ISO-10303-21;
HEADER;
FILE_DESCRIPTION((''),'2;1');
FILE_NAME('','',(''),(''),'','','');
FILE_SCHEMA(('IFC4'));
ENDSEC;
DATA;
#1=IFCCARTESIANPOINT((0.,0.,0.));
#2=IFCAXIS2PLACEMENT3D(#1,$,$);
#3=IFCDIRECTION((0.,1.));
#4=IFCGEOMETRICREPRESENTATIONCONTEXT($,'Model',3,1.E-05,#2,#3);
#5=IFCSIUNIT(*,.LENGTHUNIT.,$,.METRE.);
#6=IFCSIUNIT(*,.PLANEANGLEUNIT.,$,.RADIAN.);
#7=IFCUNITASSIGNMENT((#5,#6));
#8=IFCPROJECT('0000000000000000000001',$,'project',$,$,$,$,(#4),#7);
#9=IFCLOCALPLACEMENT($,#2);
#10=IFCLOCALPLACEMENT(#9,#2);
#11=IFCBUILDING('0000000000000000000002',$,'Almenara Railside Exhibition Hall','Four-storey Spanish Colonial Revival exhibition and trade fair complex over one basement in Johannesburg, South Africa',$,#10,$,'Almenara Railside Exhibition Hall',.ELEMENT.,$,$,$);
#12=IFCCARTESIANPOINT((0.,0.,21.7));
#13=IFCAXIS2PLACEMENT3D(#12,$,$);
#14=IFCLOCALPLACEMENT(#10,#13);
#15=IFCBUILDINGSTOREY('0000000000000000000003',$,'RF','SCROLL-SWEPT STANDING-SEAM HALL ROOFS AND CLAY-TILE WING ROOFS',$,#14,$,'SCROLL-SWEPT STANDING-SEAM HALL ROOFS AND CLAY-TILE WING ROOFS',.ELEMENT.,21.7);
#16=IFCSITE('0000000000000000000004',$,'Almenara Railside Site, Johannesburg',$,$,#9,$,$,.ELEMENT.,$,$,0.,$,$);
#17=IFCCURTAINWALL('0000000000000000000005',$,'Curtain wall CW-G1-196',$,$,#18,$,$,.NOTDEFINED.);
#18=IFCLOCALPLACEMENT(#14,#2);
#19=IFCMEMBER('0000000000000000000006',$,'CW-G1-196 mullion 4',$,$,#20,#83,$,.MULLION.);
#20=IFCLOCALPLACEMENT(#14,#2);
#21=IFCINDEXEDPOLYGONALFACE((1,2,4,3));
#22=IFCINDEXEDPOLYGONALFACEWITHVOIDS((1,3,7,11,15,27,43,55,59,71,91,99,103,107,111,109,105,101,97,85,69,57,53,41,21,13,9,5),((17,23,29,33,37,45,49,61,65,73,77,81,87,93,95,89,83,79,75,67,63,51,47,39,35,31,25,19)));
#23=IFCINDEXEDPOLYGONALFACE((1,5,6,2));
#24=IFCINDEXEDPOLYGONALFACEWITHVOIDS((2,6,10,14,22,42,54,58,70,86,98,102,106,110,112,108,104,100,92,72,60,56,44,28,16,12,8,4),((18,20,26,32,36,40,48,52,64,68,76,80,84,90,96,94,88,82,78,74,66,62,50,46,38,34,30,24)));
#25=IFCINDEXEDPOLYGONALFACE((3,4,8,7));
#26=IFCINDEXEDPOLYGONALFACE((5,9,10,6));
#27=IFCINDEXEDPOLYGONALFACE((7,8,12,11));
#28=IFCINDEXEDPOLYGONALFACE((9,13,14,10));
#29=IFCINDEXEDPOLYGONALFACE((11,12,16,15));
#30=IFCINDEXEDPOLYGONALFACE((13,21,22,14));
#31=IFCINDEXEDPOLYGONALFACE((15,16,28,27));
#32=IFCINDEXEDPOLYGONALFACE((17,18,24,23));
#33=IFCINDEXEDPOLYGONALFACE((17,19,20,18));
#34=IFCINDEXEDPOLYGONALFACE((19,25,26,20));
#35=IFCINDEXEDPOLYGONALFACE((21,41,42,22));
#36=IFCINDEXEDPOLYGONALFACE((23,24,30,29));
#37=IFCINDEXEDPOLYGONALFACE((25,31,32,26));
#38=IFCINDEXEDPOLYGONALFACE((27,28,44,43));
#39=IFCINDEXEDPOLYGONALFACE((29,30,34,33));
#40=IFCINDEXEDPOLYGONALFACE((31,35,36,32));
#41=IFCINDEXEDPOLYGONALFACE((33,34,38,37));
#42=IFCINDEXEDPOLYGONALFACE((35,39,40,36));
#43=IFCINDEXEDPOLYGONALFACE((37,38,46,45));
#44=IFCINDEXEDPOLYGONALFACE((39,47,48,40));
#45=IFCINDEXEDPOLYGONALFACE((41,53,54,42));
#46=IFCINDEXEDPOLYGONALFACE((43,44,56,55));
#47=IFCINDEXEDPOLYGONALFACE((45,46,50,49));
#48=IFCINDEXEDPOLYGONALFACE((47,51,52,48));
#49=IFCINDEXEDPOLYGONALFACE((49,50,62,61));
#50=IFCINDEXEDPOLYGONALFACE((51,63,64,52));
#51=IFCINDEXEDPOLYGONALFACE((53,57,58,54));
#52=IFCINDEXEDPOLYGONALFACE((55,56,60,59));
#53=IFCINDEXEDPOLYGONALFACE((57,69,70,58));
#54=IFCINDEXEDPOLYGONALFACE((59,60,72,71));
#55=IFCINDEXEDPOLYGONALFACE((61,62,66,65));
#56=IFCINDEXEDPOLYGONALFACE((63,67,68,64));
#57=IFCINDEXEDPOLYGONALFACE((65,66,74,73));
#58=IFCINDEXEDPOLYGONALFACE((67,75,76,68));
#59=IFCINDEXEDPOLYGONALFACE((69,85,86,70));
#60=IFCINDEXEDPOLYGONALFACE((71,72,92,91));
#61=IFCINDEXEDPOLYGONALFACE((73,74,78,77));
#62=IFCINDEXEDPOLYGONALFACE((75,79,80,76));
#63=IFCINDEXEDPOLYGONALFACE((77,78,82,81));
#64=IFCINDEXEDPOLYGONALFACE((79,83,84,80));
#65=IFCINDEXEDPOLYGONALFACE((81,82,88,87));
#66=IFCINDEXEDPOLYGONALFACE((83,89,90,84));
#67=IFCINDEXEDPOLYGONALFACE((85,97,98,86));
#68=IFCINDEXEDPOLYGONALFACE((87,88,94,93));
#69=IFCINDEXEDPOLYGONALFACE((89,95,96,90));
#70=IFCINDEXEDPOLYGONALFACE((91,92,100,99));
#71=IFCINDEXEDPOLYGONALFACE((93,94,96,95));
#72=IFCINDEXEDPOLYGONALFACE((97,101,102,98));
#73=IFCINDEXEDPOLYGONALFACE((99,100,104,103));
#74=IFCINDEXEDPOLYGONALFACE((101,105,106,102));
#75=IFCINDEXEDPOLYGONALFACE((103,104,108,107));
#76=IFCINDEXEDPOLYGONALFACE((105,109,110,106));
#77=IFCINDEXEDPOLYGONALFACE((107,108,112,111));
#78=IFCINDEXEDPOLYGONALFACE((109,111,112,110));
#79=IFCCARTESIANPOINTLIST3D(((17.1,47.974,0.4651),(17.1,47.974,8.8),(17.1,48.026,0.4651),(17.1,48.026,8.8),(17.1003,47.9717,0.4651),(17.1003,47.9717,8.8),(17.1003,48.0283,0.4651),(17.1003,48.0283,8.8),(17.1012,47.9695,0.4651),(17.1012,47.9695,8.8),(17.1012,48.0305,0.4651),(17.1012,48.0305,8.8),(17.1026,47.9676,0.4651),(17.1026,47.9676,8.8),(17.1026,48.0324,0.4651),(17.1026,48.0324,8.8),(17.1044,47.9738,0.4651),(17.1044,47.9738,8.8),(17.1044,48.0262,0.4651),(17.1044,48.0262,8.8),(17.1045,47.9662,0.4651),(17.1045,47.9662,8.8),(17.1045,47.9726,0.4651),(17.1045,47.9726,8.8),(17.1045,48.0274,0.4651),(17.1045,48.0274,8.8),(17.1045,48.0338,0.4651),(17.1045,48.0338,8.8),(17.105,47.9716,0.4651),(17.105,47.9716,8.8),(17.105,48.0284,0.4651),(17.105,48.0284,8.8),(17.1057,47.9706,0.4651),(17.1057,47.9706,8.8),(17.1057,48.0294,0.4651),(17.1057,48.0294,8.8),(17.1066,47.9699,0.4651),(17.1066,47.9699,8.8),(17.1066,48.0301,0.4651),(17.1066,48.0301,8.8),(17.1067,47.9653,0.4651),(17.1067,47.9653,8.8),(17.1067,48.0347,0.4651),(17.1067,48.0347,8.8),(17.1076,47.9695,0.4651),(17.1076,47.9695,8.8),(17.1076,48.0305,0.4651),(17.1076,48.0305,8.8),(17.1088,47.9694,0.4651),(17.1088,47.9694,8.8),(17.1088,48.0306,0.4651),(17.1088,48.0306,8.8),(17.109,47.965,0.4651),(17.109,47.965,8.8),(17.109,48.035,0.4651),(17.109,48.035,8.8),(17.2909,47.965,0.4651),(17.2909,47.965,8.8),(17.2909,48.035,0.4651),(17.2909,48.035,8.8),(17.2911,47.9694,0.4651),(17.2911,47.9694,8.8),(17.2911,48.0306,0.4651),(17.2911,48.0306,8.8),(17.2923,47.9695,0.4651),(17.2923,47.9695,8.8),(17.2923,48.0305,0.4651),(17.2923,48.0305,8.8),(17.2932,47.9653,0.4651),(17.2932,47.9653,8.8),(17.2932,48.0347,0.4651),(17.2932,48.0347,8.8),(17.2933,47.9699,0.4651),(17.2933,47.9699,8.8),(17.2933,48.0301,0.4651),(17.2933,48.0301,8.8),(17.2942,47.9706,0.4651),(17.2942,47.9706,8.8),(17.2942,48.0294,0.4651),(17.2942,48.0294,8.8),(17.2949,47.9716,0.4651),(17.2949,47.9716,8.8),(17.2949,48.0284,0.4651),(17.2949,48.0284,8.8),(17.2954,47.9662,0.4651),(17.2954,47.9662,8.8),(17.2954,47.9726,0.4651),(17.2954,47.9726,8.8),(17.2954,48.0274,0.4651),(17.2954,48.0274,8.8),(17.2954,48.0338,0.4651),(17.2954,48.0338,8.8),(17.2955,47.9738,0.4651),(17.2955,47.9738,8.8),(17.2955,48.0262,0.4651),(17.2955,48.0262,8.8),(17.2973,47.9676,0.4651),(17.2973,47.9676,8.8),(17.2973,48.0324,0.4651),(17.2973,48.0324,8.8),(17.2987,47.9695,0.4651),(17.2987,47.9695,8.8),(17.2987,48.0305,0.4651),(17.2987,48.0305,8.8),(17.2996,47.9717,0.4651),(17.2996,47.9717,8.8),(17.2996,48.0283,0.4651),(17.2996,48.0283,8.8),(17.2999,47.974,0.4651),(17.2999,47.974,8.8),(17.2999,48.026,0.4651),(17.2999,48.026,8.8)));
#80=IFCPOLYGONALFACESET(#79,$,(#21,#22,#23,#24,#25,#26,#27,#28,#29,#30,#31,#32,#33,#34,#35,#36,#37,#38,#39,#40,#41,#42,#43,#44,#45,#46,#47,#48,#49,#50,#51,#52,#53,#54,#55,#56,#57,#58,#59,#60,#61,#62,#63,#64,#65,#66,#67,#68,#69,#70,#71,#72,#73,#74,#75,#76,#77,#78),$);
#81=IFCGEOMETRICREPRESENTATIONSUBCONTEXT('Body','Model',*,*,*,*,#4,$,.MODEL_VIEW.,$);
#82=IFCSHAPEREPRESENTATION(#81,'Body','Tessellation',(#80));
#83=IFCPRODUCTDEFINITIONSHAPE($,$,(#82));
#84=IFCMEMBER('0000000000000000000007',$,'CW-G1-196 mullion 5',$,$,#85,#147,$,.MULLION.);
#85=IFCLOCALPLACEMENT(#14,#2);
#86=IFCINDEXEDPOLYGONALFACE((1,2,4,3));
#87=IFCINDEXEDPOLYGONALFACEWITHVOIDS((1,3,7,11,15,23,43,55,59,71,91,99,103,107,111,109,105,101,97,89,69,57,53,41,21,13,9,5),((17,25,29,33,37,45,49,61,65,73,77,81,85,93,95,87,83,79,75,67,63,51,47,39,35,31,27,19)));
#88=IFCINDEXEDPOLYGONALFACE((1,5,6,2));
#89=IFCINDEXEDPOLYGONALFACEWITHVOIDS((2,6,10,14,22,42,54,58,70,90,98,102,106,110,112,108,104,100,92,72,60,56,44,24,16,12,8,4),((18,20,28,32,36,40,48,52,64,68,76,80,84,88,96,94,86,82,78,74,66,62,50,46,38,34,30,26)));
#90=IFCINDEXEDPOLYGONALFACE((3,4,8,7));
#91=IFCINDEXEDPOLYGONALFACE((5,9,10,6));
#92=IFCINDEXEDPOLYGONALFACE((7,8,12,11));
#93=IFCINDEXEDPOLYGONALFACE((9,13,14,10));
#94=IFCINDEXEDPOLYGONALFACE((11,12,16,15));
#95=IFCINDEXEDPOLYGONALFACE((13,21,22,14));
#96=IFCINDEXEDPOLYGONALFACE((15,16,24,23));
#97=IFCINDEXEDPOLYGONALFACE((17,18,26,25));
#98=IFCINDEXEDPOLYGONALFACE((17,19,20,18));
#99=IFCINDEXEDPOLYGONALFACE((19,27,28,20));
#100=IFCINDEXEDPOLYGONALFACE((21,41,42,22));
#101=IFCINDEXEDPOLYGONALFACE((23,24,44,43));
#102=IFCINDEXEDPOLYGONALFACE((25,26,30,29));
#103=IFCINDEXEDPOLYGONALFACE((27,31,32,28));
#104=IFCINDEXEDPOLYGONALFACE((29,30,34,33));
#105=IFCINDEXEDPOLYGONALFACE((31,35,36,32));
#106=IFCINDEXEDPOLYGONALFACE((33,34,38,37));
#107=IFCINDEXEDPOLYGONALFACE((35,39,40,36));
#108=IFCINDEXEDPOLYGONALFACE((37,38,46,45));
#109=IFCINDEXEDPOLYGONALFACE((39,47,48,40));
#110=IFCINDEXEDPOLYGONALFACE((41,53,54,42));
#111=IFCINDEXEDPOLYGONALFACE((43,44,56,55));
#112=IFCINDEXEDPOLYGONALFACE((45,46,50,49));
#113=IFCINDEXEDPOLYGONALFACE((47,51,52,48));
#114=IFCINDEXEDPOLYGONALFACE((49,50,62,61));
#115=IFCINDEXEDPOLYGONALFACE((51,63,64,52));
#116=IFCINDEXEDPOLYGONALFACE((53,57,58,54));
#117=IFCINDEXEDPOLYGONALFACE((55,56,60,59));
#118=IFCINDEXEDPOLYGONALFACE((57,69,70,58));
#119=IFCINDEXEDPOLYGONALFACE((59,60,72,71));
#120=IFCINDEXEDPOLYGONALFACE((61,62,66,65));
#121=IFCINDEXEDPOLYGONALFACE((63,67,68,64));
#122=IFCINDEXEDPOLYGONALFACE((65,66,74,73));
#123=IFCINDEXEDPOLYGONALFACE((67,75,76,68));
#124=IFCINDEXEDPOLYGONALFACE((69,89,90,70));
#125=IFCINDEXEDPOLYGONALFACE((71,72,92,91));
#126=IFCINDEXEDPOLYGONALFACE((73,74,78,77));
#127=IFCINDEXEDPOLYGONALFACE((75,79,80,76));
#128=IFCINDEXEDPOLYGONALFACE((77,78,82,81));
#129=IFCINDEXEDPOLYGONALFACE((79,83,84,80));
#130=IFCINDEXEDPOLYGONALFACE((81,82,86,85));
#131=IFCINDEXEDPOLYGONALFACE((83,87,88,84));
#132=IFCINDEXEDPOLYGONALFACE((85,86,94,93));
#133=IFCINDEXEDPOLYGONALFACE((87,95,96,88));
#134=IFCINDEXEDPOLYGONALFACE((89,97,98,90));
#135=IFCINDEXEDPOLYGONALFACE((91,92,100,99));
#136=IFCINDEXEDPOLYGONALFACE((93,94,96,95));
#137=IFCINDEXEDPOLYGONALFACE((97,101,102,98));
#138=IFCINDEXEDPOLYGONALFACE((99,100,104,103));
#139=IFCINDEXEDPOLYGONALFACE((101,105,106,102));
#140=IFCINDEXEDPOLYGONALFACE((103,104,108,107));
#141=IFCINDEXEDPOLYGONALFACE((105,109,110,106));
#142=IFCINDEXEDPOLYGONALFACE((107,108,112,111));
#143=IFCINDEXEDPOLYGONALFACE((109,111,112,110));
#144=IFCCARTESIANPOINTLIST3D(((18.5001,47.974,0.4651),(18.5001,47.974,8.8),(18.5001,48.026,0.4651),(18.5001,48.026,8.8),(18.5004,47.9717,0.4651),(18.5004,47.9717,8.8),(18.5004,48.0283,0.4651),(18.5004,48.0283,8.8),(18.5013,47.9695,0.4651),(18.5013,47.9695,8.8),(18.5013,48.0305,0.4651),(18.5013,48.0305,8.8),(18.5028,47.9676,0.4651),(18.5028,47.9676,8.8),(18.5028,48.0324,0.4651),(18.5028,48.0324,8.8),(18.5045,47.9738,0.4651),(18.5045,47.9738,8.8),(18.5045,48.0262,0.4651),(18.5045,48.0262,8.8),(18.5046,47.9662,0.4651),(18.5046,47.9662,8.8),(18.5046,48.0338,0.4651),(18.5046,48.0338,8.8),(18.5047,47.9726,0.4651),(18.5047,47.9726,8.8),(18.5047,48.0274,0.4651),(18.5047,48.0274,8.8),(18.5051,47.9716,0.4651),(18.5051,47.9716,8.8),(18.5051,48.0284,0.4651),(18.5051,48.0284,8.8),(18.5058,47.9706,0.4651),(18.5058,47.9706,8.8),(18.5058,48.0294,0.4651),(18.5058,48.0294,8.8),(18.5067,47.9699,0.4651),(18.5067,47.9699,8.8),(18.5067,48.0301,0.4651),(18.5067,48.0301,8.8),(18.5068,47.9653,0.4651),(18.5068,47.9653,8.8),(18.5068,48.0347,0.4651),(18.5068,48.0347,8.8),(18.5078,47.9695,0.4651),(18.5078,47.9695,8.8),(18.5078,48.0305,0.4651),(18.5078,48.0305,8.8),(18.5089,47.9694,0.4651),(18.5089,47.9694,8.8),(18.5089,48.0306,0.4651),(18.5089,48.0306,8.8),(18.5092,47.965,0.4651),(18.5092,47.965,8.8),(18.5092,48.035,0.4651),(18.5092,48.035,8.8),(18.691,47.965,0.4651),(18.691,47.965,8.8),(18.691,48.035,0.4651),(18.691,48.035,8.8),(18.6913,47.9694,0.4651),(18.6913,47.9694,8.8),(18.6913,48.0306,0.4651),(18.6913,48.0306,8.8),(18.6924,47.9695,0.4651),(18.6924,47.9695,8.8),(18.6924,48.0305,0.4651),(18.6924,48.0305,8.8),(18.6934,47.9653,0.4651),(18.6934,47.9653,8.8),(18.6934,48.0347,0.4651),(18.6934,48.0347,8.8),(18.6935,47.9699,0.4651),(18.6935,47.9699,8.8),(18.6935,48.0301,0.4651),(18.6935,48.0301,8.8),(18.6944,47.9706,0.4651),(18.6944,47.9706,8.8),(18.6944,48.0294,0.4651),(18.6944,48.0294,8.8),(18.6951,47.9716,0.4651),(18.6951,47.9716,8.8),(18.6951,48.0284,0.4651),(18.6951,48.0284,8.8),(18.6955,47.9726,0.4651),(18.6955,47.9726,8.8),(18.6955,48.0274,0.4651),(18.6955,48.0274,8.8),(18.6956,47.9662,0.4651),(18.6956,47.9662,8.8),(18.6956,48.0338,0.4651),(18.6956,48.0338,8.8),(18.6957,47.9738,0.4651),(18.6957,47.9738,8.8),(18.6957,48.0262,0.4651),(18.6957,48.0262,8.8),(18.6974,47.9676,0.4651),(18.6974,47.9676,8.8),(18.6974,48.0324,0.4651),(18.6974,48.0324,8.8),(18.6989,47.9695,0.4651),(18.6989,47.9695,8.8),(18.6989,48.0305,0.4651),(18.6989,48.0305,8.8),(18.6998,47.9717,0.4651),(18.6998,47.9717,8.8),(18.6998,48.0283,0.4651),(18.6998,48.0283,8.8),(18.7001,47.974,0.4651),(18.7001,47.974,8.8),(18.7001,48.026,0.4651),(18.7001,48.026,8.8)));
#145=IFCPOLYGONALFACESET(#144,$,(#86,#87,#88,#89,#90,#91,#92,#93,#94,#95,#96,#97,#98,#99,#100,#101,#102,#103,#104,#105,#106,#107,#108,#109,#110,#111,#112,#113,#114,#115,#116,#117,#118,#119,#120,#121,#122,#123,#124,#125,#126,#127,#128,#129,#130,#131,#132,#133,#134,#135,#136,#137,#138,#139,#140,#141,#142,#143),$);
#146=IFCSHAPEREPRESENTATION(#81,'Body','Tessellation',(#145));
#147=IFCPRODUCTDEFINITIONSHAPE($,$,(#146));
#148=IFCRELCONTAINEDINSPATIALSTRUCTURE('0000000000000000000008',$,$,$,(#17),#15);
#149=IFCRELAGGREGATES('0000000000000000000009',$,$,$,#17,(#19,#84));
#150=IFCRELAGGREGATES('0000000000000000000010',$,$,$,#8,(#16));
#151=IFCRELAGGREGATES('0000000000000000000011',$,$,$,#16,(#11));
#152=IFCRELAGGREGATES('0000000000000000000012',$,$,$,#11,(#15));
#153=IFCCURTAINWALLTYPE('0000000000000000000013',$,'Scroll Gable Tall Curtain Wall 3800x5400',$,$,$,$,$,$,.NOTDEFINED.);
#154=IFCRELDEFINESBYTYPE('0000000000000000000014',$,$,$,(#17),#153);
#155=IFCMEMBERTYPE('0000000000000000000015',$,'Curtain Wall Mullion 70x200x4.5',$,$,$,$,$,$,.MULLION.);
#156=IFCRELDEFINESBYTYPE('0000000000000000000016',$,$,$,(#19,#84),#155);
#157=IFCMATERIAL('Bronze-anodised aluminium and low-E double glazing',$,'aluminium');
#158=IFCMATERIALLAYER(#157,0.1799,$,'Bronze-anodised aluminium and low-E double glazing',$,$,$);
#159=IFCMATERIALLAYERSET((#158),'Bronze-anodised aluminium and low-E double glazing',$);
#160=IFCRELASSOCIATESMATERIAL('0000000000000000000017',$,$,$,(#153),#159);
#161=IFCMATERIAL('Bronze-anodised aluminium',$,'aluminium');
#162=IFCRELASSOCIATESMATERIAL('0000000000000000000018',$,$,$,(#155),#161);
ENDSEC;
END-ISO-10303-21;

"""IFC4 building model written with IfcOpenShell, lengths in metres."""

from ifc_helpers import new_model, si_unit, direction, frame, origin, origin_2d, place, context, subcontext, project, spatial, hollow_rectangle, extrude, material, layer, layer_set, material_profile, profile_set, type_object, element, aggregate, save


model = new_model("IFC4")

# Units and contexts
model_context = context("Model", 3, precision=1e-05, world=origin(), true_north=direction((0.0, 1.0)))
body_context = subcontext(model_context, "Body", "Model", "MODEL_VIEW")
ifc_project = project(units=[si_unit("LENGTHUNIT", "METRE"), si_unit("PLANEANGLEUNIT", "RADIAN")], contexts=[model_context])

# Site, building, storey
site_placement = place(None, origin())
site = spatial("IfcSite", under=ifc_project, at=site_placement, Name="Almenara Railside Site, Johannesburg", CompositionType="ELEMENT", RefElevation=0.0)
building_placement = place(site_placement, origin())
building = spatial("IfcBuilding", under=site, at=building_placement, Name="Almenara Railside Exhibition Hall", Description="Four-storey Spanish Colonial Revival exhibition and trade fair complex over one basement in Johannesburg, South Africa", LongName="Almenara Railside Exhibition Hall", CompositionType="ELEMENT")
storey_placement = place(building_placement, frame((0.0, 0.0, 21.7)))
storey = spatial("IfcBuildingStorey", under=building, at=storey_placement, Name="RF", Description="SCROLL-SWEPT STANDING-SEAM HALL ROOFS AND CLAY-TILE WING ROOFS", LongName="SCROLL-SWEPT STANDING-SEAM HALL ROOFS AND CLAY-TILE WING ROOFS", CompositionType="ELEMENT", Elevation=21.7)

# Curtain wall, members
ifc_material_1 = material(Name="Bronze-anodised aluminium and low-E double glazing", Category="aluminium")
ifc_layer_1 = layer(ifc_material_1, 0.1799, Name="Bronze-anodised aluminium and low-E double glazing")
ifc_layer_set_1 = layer_set([ifc_layer_1], Name="Bronze-anodised aluminium and low-E double glazing")
curtain_wall_type = type_object("IfcCurtainWallType", Name="Scroll Gable Tall Curtain Wall 3800x5400", PredefinedType="NOTDEFINED", material=ifc_layer_set_1)
curtain_wall_placement = place(storey_placement, origin())
curtain_wall = element("IfcCurtainWall", 1, at=curtain_wall_placement, inside=storey, type_object=curtain_wall_type, Name="Curtain wall CW-G1-196", PredefinedType="NOTDEFINED")
ifc_material_2 = material(Name="Bronze-anodised aluminium", Category="aluminium")
ifc_material_profile_1 = material_profile(ifc_material_2, hollow_rectangle(XDim=0.0701, YDim=0.2, WallThickness=0.0044, InnerFilletRadius=0.0044, OuterFilletRadius=0.009, at=origin_2d()), Name="ALU-MUL 70x200x4.5")
ifc_profile_set_1 = profile_set([ifc_material_profile_1], Name="Bronze-anodised aluminium")
member_type_1 = type_object("IfcMemberType", Name="Curtain Wall Mullion 70x200x4.5", PredefinedType="MULLION", material=ifc_profile_set_1)
member_1_placement = place(storey_placement, frame((17.2, 48.0, 0.4651), z_axis=(0.0, 0.0, 1.0), x_axis=(0.0, 1.0, 0.0)))
member_1 = element("IfcMember", 2, at=member_1_placement, type_object=member_type_1, Name="CW-G1-196 mullion 4", PredefinedType="MULLION", context=body_context, shape_type="SweptSolid", body=[
    extrude(hollow_rectangle(XDim=0.0701, YDim=0.2, WallThickness=0.0044, InnerFilletRadius=0.0044, OuterFilletRadius=0.009, at=origin_2d()), origin(), (0.0, 0.0, 1.0), 8.335),
])
member_2_placement = place(storey_placement, frame((18.6001, 48.0, 0.4651), z_axis=(0.0, 0.0, 1.0), x_axis=(0.0, 1.0, 0.0)))
member_2 = element("IfcMember", 3, at=member_2_placement, type_object=member_type_1, Name="CW-G1-196 mullion 5", PredefinedType="MULLION", context=body_context, shape_type="SweptSolid", body=[
    extrude(hollow_rectangle(XDim=0.0701, YDim=0.2, WallThickness=0.0044, InnerFilletRadius=0.0044, OuterFilletRadius=0.009, at=origin_2d()), origin(), (0.0, 0.0, 1.0), 8.335),
])

aggregate(curtain_wall, [member_1, member_2])

save(model, "model.ifc")
